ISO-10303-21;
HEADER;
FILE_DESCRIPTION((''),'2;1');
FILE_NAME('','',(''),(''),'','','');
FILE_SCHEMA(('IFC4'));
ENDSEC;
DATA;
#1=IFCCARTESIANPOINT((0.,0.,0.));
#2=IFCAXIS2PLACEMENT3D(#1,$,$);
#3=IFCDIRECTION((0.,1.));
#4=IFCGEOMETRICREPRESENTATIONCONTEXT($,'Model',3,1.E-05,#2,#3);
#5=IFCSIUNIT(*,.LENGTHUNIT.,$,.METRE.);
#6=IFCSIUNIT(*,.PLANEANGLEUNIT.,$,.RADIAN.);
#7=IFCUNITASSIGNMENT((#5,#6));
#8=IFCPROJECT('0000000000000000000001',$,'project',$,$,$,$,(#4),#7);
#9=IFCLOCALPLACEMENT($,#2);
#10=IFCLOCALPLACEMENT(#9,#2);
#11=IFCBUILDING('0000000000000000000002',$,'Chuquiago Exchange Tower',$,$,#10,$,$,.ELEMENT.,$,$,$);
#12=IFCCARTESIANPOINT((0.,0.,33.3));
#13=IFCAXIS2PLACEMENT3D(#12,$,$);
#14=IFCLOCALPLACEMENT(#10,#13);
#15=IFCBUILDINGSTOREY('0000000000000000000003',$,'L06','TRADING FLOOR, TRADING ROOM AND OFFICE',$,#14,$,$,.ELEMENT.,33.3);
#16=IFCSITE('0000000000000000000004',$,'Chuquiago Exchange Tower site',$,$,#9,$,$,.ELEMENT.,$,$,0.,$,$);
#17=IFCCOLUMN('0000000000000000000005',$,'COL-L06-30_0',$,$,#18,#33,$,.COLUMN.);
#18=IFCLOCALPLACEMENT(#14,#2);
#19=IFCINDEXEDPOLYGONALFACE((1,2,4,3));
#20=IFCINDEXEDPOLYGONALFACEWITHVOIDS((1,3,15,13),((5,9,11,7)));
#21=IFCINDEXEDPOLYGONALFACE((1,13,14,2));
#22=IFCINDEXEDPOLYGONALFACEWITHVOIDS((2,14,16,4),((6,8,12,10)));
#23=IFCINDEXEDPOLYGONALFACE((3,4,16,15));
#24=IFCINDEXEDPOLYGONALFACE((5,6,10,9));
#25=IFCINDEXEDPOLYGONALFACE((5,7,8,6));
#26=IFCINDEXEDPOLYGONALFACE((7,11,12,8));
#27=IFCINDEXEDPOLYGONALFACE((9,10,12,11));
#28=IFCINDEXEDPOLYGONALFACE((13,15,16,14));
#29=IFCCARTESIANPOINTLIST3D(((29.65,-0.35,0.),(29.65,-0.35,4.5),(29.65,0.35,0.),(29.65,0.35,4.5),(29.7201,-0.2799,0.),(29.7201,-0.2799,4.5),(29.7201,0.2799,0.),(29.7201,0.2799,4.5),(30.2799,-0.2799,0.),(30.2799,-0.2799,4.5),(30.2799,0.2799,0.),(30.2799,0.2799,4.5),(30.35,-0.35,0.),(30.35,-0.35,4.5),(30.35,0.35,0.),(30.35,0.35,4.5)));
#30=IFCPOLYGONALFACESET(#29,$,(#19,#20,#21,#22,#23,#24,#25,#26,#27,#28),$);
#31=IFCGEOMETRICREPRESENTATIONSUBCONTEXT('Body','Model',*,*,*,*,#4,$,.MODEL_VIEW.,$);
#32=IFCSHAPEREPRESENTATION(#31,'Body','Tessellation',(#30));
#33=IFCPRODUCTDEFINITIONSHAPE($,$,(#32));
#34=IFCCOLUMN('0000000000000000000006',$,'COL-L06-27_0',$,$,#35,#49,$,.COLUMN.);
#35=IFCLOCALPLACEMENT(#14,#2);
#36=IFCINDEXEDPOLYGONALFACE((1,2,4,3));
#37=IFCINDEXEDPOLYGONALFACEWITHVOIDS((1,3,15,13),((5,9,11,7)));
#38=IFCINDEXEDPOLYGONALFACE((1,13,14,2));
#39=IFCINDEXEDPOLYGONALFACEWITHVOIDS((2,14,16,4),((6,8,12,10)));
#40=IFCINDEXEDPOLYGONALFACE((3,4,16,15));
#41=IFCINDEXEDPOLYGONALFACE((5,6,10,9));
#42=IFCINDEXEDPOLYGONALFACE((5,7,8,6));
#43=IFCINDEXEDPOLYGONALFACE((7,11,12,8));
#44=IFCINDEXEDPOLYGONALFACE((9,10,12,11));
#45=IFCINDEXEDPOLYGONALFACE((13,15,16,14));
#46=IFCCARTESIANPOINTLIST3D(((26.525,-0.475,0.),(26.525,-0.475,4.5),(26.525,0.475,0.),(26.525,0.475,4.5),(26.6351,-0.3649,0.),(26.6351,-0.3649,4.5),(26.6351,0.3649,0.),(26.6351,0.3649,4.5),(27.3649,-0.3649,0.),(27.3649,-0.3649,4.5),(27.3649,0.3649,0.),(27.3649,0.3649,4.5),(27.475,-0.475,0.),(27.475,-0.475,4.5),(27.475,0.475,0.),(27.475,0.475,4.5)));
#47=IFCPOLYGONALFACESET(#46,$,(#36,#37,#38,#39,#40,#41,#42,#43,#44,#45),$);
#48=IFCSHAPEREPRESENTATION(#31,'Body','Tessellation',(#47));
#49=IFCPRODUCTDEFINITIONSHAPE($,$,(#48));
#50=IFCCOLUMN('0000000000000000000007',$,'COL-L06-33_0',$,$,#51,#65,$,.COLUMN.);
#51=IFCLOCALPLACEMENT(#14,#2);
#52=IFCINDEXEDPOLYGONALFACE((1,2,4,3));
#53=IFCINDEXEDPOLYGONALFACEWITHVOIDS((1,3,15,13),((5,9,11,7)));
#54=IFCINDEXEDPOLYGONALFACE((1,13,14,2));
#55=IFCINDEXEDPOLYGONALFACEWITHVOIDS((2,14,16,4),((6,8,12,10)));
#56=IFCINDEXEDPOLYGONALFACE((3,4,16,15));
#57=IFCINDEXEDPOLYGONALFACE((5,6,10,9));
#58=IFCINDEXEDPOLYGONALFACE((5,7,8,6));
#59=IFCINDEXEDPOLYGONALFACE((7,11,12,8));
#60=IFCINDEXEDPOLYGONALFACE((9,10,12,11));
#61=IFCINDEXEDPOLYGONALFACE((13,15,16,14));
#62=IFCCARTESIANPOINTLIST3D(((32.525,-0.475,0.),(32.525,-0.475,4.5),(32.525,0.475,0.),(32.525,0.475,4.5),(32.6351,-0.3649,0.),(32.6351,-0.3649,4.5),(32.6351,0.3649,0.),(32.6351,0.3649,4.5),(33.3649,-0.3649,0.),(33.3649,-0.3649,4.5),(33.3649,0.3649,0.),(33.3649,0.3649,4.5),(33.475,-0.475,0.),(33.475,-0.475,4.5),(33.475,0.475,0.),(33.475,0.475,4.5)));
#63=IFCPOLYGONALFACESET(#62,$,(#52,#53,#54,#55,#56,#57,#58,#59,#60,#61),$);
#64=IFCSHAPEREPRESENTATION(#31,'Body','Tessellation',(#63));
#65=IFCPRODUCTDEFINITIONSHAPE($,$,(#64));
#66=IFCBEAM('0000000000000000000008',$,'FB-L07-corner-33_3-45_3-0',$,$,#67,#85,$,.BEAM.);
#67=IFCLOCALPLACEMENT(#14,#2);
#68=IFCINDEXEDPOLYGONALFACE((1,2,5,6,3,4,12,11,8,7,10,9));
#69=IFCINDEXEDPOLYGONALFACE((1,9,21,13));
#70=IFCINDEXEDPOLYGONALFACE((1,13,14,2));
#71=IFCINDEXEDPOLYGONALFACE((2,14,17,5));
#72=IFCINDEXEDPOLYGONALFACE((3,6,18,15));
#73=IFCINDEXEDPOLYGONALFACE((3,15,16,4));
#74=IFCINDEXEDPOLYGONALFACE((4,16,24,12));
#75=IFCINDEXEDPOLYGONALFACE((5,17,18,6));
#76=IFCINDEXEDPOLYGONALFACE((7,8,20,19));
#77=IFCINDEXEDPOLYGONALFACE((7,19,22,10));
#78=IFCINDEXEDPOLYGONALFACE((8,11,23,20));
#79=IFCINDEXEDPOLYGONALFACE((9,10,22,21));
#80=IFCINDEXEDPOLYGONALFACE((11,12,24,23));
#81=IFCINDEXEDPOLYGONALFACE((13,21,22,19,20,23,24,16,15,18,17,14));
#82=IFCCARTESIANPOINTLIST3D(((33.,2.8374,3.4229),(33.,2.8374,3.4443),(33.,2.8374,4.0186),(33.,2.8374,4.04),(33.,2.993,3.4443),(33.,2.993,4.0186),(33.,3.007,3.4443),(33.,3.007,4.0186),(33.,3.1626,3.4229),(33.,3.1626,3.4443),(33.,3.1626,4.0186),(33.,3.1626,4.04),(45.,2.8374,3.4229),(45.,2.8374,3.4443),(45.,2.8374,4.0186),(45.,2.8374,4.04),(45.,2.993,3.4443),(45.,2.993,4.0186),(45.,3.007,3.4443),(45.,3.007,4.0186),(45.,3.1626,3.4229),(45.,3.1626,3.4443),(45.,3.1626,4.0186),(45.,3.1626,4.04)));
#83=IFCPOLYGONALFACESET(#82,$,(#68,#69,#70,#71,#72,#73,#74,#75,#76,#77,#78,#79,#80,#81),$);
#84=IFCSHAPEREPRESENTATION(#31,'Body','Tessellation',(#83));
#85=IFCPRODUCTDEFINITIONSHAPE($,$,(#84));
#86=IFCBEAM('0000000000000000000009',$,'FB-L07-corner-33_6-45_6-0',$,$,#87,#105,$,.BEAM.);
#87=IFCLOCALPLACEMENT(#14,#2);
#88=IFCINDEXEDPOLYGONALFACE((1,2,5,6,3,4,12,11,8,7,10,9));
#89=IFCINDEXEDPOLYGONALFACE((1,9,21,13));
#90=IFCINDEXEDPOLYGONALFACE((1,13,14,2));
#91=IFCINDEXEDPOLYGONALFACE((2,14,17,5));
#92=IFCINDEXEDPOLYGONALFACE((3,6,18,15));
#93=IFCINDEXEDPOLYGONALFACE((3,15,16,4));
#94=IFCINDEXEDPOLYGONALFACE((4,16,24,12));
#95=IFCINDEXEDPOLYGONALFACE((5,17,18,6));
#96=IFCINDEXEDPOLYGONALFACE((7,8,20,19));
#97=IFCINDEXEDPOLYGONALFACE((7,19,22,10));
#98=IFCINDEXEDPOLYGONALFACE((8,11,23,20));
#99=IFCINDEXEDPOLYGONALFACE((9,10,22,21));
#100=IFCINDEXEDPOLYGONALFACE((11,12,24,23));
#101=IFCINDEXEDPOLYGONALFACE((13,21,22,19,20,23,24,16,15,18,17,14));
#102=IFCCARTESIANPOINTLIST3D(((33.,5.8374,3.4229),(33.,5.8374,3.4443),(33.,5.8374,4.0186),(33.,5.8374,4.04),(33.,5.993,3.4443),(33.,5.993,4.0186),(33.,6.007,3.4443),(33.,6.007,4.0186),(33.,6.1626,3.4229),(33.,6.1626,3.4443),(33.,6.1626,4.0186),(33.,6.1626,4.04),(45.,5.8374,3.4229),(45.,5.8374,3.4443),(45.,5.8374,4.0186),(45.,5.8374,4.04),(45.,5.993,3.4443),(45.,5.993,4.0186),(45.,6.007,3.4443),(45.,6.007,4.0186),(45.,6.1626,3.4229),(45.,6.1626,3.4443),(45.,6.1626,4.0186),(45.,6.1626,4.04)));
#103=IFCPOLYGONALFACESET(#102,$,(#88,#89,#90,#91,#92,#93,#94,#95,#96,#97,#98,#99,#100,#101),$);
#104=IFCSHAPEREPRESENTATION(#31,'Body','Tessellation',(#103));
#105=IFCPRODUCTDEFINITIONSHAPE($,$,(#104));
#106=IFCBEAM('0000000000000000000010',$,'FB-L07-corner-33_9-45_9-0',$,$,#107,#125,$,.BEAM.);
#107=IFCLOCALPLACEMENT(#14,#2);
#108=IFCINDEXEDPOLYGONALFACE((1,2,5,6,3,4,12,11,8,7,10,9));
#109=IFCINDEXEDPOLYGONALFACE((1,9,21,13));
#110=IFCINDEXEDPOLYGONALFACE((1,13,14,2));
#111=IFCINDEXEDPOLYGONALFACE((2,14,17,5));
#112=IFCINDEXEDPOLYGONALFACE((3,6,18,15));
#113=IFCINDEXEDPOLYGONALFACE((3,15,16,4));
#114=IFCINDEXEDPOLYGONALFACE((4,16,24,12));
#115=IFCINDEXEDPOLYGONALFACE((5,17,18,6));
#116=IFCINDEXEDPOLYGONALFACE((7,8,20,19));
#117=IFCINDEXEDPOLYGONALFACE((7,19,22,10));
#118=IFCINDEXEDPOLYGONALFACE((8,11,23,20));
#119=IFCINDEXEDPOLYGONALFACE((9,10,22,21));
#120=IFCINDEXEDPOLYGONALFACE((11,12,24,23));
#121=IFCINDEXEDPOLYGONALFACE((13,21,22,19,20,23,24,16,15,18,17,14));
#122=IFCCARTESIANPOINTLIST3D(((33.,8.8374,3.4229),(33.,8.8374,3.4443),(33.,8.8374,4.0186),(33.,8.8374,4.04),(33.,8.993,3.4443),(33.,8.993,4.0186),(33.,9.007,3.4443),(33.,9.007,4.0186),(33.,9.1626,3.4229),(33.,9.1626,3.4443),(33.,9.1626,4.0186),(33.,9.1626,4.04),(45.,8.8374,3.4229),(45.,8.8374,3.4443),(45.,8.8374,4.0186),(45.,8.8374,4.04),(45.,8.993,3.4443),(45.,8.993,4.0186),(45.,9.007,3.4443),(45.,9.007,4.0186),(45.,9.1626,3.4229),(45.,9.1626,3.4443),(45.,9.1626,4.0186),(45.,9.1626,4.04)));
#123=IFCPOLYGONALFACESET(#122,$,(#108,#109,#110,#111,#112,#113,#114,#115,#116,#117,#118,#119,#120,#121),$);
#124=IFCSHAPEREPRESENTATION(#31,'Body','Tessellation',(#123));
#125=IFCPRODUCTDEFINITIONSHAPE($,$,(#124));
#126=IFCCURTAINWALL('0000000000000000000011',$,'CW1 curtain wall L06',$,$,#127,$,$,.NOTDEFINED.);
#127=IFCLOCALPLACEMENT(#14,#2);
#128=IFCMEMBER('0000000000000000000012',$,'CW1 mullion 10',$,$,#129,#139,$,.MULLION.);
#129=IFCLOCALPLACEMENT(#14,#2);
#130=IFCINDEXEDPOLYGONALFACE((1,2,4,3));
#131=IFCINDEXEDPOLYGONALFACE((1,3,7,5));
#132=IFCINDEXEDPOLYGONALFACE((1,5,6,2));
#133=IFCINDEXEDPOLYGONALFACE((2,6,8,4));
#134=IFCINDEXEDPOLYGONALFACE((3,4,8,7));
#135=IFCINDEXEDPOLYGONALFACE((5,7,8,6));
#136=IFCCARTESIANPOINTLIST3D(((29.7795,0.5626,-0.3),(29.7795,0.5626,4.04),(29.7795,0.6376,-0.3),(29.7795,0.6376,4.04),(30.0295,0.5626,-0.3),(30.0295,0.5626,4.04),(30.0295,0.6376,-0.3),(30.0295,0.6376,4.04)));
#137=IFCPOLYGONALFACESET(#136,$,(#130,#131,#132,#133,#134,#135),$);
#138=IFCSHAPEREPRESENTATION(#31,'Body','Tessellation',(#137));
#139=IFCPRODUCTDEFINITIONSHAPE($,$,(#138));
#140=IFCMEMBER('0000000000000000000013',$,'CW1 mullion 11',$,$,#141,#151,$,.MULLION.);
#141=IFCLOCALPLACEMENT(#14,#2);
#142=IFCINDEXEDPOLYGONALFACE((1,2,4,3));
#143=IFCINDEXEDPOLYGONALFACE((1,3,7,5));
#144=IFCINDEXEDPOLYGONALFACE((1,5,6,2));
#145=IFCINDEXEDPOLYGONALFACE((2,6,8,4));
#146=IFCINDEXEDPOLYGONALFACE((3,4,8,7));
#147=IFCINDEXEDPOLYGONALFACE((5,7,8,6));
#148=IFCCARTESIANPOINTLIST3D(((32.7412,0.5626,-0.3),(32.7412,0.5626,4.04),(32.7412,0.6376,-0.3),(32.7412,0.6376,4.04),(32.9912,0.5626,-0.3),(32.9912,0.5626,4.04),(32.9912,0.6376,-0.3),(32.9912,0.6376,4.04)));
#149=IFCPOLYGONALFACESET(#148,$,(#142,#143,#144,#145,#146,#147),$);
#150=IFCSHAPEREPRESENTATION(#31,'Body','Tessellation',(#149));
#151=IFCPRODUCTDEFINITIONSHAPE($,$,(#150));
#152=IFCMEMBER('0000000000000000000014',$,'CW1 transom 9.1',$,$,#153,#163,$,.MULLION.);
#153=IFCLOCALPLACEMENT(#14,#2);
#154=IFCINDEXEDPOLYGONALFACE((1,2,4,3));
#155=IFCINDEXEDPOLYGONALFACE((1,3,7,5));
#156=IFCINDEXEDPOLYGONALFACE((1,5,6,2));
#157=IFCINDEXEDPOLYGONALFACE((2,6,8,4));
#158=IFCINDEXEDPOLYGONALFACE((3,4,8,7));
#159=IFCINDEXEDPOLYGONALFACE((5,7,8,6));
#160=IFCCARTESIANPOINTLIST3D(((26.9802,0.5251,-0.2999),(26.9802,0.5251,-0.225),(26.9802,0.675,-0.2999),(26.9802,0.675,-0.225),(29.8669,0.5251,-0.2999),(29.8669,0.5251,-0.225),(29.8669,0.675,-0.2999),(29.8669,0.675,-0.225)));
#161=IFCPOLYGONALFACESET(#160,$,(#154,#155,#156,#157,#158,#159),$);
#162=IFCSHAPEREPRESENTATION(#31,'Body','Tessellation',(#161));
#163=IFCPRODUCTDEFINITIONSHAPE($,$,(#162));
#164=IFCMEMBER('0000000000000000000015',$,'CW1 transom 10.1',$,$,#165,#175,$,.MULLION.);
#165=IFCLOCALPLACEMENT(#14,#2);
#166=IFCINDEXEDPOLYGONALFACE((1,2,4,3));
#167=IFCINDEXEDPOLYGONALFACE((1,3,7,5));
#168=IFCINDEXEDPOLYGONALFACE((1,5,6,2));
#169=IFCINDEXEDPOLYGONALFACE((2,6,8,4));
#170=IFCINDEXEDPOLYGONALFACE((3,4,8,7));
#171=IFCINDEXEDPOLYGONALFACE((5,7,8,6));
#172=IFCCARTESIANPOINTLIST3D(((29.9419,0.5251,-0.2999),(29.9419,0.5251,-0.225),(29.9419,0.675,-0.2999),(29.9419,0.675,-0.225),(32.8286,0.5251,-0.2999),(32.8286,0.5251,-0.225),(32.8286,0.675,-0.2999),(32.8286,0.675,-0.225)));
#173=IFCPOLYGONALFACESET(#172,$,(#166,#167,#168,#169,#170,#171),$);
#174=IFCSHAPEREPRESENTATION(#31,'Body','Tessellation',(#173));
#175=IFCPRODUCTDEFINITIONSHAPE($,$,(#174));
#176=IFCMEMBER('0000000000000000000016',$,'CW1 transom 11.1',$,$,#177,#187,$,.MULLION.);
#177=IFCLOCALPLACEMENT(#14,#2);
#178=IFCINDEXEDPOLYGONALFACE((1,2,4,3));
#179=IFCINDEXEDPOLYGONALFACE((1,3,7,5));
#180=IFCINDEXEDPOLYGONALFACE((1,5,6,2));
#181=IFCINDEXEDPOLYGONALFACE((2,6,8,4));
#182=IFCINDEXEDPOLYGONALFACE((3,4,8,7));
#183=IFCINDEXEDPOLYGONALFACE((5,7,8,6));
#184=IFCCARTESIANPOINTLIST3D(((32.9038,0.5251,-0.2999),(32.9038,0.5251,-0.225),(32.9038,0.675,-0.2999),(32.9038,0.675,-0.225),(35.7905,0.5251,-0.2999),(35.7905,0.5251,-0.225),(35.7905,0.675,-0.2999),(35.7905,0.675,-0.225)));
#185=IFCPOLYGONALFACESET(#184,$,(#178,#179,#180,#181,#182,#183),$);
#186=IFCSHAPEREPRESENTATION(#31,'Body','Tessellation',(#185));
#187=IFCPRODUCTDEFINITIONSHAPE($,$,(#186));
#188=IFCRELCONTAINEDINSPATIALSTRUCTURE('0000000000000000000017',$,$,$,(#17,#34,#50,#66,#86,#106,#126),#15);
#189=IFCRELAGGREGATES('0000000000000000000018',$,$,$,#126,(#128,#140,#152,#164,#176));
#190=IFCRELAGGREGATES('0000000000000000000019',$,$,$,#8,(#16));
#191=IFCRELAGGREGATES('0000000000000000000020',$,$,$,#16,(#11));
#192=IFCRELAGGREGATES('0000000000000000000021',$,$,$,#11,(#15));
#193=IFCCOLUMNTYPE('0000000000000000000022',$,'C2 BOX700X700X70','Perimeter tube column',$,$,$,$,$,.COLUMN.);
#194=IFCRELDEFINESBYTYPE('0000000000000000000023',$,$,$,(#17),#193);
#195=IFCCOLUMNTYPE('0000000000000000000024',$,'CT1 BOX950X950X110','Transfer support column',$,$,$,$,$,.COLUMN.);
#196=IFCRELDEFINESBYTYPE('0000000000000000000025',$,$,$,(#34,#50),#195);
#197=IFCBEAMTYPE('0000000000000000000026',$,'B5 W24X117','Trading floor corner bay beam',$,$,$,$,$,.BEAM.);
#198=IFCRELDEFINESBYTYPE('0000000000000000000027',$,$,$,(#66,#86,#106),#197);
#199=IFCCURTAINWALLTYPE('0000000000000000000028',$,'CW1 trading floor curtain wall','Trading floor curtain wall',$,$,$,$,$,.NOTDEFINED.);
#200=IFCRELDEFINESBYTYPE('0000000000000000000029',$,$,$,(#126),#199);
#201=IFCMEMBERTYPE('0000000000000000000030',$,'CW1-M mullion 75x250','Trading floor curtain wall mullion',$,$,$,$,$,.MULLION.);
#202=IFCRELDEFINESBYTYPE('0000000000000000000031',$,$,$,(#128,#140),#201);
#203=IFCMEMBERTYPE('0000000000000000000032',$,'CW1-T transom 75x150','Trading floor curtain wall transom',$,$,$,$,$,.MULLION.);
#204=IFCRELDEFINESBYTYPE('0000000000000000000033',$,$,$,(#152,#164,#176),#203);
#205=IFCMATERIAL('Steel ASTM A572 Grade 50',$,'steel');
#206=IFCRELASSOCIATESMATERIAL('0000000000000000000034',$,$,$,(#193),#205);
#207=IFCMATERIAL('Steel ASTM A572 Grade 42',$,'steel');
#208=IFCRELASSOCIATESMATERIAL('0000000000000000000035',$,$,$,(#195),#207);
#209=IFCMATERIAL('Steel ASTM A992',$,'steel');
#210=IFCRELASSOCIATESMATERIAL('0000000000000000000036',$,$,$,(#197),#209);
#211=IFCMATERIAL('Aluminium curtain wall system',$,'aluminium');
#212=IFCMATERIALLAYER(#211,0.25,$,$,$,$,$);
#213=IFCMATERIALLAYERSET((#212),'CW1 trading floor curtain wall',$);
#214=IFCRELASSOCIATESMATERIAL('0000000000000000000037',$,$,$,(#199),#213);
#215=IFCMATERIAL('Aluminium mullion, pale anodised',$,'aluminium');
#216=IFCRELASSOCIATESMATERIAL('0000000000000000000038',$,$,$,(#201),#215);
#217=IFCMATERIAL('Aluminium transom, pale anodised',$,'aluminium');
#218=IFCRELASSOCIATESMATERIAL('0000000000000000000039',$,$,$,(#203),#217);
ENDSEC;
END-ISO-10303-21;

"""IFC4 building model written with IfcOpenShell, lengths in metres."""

from ifc_helpers import new_model, si_unit, direction, frame, origin, origin_2d, place, context, subcontext, project, spatial, rectangle, hollow_rectangle, i_section, extrude, material, layer, layer_set, material_profile, profile_set, type_object, element, aggregate, save


model = new_model("IFC4")

# Units and contexts
model_context = context("Model", 3, precision=1e-05, world=origin(), true_north=direction((0.0, 1.0)))
body_context = subcontext(model_context, "Body", "Model", "MODEL_VIEW")
ifc_project = project(units=[si_unit("LENGTHUNIT", "METRE"), si_unit("PLANEANGLEUNIT", "RADIAN")], contexts=[model_context])

# Site, building, storey
site_placement = place(None, origin())
site = spatial("IfcSite", under=ifc_project, at=site_placement, Name="Chuquiago Exchange Tower site", CompositionType="ELEMENT", RefElevation=0.0)
building_placement = place(site_placement, origin())
building = spatial("IfcBuilding", under=site, at=building_placement, Name="Chuquiago Exchange Tower", CompositionType="ELEMENT")
storey_placement = place(building_placement, frame((0.0, 0.0, 33.3)))
storey = spatial("IfcBuildingStorey", under=building, at=storey_placement, Name="L06", Description="TRADING FLOOR, TRADING ROOM AND OFFICE", CompositionType="ELEMENT", Elevation=33.3)

# Columns
ifc_material_1 = material(Name="Steel ASTM A572 Grade 50", Category="steel")
ifc_material_profile_1 = material_profile(ifc_material_1, hollow_rectangle(XDim=0.7, YDim=0.7, WallThickness=0.0701, at=origin_2d()), Name="BOX700X700X70")
ifc_profile_set_1 = profile_set([ifc_material_profile_1], Name="Steel ASTM A572 Grade 50")
column_type_1 = type_object("IfcColumnType", Name="C2 BOX700X700X70", Description="Perimeter tube column", PredefinedType="COLUMN", material=ifc_profile_set_1)
column_placement = place(storey_placement, frame((30.0, 0.0, 0.0), z_axis=(0.0, 0.0, 1.0), x_axis=(0.0, -1.0, 0.0)))
element("IfcColumn", 1, at=column_placement, inside=storey, type_object=column_type_1, Name="COL-L06-30_0", PredefinedType="COLUMN", context=body_context, shape_type="SweptSolid", body=[
    extrude(hollow_rectangle(XDim=0.7, YDim=0.7, WallThickness=0.0701, at=origin_2d()), origin(), (0.0, 0.0, 1.0), 4.5),
])
ifc_material_2 = material(Name="Steel ASTM A572 Grade 42", Category="steel")
ifc_material_profile_2 = material_profile(ifc_material_2, hollow_rectangle(XDim=0.95, YDim=0.95, WallThickness=0.1101, at=origin_2d()), Name="BOX950X950X110")
ifc_profile_set_2 = profile_set([ifc_material_profile_2], Name="Steel ASTM A572 Grade 42")
column_type_2 = type_object("IfcColumnType", Name="CT1 BOX950X950X110", Description="Transfer support column", PredefinedType="COLUMN", material=ifc_profile_set_2)
for number, where, z_axis, x_axis, name in (
    (2, (27.0, 0.0, 0.0), (0.0, 0.0, 1.0), (0.0, -1.0, 0.0), "COL-L06-27_0"),
    (3, (33.0, 0.0, 0.0), (0.0, 0.0, 1.0), (0.0, -1.0, 0.0), "COL-L06-33_0"),
):
    element("IfcColumn", number, at=place(storey_placement, frame(where, z_axis=z_axis, x_axis=x_axis)), inside=storey, type_object=column_type_2, Name=name, PredefinedType="COLUMN", context=body_context, shape_type="SweptSolid", body=[
        extrude(hollow_rectangle(XDim=0.95, YDim=0.95, WallThickness=0.1101, at=origin_2d()), origin(), (0.0, 0.0, 1.0), 4.5),
    ])

# Beams
ifc_material_3 = material(Name="Steel ASTM A992", Category="steel")
ifc_material_profile_3 = material_profile(ifc_material_3, i_section(OverallWidth=0.3252, OverallDepth=0.6172, WebThickness=0.0139, FlangeThickness=0.0215, at=origin_2d()), Name="W24X117")
ifc_profile_set_3 = profile_set([ifc_material_profile_3], Name="Steel ASTM A992")
beam_type_1 = type_object("IfcBeamType", Name="B5 W24X117", Description="Trading floor corner bay beam", PredefinedType="BEAM", material=ifc_profile_set_3)
for number, where, z_axis, x_axis, name in (
    (4, (33.0, 3.0, 3.7314), (1.0, 0.0, 0.0), (0.0, 1.0, 0.0), "FB-L07-corner-33_3-45_3-0"),
    (5, (33.0, 6.0, 3.7314), (1.0, 0.0, 0.0), (0.0, 1.0, 0.0), "FB-L07-corner-33_6-45_6-0"),
    (6, (33.0, 9.0, 3.7314), (1.0, 0.0, 0.0), (0.0, 1.0, 0.0), "FB-L07-corner-33_9-45_9-0"),
):
    element("IfcBeam", number, at=place(storey_placement, frame(where, z_axis=z_axis, x_axis=x_axis)), inside=storey, type_object=beam_type_1, Name=name, PredefinedType="BEAM", context=body_context, shape_type="SweptSolid", body=[
        extrude(i_section(OverallWidth=0.3252, OverallDepth=0.6172, WebThickness=0.0139, FlangeThickness=0.0215, at=origin_2d()), origin(), (0.0, 0.0, 1.0), 12.0),
    ])

# Curtain wall, members
ifc_material_4 = material(Name="Aluminium curtain wall system", Category="aluminium")
ifc_layer_1 = layer(ifc_material_4, 0.25)
ifc_layer_set_1 = layer_set([ifc_layer_1], Name="CW1 trading floor curtain wall")
curtain_wall_type = type_object("IfcCurtainWallType", Name="CW1 trading floor curtain wall", Description="Trading floor curtain wall", PredefinedType="NOTDEFINED", material=ifc_layer_set_1)
curtain_wall_placement = place(storey_placement, origin())
curtain_wall = element("IfcCurtainWall", 7, at=curtain_wall_placement, inside=storey, type_object=curtain_wall_type, Name="CW1 curtain wall L06", PredefinedType="NOTDEFINED")
ifc_material_5 = material(Name="Aluminium mullion, pale anodised", Category="aluminium")
ifc_material_profile_4 = material_profile(ifc_material_5, rectangle(XDim=0.075, YDim=0.25, at=origin_2d()), Name="AL 75x250")
ifc_profile_set_4 = profile_set([ifc_material_profile_4], Name="Aluminium mullion, pale anodised")
member_type_1 = type_object("IfcMemberType", Name="CW1-M mullion 75x250", Description="Trading floor curtain wall mullion", PredefinedType="MULLION", material=ifc_profile_set_4)
member_1_placement = place(storey_placement, frame((29.9045, 0.6001, -0.3), z_axis=(0.0, 0.0, 1.0), x_axis=(0.0, 1.0, 0.0)))
member_1 = element("IfcMember", 8, at=member_1_placement, type_object=member_type_1, Name="CW1 mullion 10", PredefinedType="MULLION", context=body_context, shape_type="SweptSolid", body=[
    extrude(rectangle(XDim=0.075, YDim=0.25, at=origin_2d()), origin(), (0.0, 0.0, 1.0), 4.3401),
])
member_2_placement = place(storey_placement, frame((32.8662, 0.6001, -0.3), z_axis=(0.0, 0.0, 1.0), x_axis=(0.0, 1.0, 0.0)))
member_2 = element("IfcMember", 9, at=member_2_placement, type_object=member_type_1, Name="CW1 mullion 11", PredefinedType="MULLION", context=body_context, shape_type="SweptSolid", body=[
    extrude(rectangle(XDim=0.075, YDim=0.25, at=origin_2d()), origin(), (0.0, 0.0, 1.0), 4.3401),
])
ifc_material_6 = material(Name="Aluminium transom, pale anodised", Category="aluminium")
ifc_material_profile_5 = material_profile(ifc_material_6, rectangle(XDim=0.1499, YDim=0.075, at=origin_2d()), Name="AL 150x75")
ifc_profile_set_5 = profile_set([ifc_material_profile_5], Name="Aluminium transom, pale anodised")
member_type_2 = type_object("IfcMemberType", Name="CW1-T transom 75x150", Description="Trading floor curtain wall transom", PredefinedType="MULLION", material=ifc_profile_set_5)
member_3_placement = place(storey_placement, frame((26.9802, 0.6001, -0.2625), z_axis=(1.0, 0.0, 0.0), x_axis=(0.0, 1.0, 0.0)))
member_3 = element("IfcMember", 10, at=member_3_placement, type_object=member_type_2, Name="CW1 transom 9.1", PredefinedType="MULLION", context=body_context, shape_type="SweptSolid", body=[
    extrude(rectangle(XDim=0.1499, YDim=0.075, at=origin_2d()), origin(), (0.0, 0.0, 1.0), 2.8867),
])
member_4_placement = place(storey_placement, frame((29.9419, 0.6001, -0.2625), z_axis=(1.0, 0.0, 0.0), x_axis=(0.0, 1.0, 0.0)))
member_4 = element("IfcMember", 11, at=member_4_placement, type_object=member_type_2, Name="CW1 transom 10.1", PredefinedType="MULLION", context=body_context, shape_type="SweptSolid", body=[
    extrude(rectangle(XDim=0.1499, YDim=0.075, at=origin_2d()), origin(), (0.0, 0.0, 1.0), 2.8867),
])
member_5_placement = place(storey_placement, frame((32.9038, 0.6001, -0.2625), z_axis=(1.0, 0.0, 0.0), x_axis=(0.0, 1.0, 0.0)))
member_5 = element("IfcMember", 12, at=member_5_placement, type_object=member_type_2, Name="CW1 transom 11.1", PredefinedType="MULLION", context=body_context, shape_type="SweptSolid", body=[
    extrude(rectangle(XDim=0.1499, YDim=0.075, at=origin_2d()), origin(), (0.0, 0.0, 1.0), 2.8867),
])

aggregate(curtain_wall, [member_1, member_2, member_3, member_4, member_5])

save(model, "model.ifc")
